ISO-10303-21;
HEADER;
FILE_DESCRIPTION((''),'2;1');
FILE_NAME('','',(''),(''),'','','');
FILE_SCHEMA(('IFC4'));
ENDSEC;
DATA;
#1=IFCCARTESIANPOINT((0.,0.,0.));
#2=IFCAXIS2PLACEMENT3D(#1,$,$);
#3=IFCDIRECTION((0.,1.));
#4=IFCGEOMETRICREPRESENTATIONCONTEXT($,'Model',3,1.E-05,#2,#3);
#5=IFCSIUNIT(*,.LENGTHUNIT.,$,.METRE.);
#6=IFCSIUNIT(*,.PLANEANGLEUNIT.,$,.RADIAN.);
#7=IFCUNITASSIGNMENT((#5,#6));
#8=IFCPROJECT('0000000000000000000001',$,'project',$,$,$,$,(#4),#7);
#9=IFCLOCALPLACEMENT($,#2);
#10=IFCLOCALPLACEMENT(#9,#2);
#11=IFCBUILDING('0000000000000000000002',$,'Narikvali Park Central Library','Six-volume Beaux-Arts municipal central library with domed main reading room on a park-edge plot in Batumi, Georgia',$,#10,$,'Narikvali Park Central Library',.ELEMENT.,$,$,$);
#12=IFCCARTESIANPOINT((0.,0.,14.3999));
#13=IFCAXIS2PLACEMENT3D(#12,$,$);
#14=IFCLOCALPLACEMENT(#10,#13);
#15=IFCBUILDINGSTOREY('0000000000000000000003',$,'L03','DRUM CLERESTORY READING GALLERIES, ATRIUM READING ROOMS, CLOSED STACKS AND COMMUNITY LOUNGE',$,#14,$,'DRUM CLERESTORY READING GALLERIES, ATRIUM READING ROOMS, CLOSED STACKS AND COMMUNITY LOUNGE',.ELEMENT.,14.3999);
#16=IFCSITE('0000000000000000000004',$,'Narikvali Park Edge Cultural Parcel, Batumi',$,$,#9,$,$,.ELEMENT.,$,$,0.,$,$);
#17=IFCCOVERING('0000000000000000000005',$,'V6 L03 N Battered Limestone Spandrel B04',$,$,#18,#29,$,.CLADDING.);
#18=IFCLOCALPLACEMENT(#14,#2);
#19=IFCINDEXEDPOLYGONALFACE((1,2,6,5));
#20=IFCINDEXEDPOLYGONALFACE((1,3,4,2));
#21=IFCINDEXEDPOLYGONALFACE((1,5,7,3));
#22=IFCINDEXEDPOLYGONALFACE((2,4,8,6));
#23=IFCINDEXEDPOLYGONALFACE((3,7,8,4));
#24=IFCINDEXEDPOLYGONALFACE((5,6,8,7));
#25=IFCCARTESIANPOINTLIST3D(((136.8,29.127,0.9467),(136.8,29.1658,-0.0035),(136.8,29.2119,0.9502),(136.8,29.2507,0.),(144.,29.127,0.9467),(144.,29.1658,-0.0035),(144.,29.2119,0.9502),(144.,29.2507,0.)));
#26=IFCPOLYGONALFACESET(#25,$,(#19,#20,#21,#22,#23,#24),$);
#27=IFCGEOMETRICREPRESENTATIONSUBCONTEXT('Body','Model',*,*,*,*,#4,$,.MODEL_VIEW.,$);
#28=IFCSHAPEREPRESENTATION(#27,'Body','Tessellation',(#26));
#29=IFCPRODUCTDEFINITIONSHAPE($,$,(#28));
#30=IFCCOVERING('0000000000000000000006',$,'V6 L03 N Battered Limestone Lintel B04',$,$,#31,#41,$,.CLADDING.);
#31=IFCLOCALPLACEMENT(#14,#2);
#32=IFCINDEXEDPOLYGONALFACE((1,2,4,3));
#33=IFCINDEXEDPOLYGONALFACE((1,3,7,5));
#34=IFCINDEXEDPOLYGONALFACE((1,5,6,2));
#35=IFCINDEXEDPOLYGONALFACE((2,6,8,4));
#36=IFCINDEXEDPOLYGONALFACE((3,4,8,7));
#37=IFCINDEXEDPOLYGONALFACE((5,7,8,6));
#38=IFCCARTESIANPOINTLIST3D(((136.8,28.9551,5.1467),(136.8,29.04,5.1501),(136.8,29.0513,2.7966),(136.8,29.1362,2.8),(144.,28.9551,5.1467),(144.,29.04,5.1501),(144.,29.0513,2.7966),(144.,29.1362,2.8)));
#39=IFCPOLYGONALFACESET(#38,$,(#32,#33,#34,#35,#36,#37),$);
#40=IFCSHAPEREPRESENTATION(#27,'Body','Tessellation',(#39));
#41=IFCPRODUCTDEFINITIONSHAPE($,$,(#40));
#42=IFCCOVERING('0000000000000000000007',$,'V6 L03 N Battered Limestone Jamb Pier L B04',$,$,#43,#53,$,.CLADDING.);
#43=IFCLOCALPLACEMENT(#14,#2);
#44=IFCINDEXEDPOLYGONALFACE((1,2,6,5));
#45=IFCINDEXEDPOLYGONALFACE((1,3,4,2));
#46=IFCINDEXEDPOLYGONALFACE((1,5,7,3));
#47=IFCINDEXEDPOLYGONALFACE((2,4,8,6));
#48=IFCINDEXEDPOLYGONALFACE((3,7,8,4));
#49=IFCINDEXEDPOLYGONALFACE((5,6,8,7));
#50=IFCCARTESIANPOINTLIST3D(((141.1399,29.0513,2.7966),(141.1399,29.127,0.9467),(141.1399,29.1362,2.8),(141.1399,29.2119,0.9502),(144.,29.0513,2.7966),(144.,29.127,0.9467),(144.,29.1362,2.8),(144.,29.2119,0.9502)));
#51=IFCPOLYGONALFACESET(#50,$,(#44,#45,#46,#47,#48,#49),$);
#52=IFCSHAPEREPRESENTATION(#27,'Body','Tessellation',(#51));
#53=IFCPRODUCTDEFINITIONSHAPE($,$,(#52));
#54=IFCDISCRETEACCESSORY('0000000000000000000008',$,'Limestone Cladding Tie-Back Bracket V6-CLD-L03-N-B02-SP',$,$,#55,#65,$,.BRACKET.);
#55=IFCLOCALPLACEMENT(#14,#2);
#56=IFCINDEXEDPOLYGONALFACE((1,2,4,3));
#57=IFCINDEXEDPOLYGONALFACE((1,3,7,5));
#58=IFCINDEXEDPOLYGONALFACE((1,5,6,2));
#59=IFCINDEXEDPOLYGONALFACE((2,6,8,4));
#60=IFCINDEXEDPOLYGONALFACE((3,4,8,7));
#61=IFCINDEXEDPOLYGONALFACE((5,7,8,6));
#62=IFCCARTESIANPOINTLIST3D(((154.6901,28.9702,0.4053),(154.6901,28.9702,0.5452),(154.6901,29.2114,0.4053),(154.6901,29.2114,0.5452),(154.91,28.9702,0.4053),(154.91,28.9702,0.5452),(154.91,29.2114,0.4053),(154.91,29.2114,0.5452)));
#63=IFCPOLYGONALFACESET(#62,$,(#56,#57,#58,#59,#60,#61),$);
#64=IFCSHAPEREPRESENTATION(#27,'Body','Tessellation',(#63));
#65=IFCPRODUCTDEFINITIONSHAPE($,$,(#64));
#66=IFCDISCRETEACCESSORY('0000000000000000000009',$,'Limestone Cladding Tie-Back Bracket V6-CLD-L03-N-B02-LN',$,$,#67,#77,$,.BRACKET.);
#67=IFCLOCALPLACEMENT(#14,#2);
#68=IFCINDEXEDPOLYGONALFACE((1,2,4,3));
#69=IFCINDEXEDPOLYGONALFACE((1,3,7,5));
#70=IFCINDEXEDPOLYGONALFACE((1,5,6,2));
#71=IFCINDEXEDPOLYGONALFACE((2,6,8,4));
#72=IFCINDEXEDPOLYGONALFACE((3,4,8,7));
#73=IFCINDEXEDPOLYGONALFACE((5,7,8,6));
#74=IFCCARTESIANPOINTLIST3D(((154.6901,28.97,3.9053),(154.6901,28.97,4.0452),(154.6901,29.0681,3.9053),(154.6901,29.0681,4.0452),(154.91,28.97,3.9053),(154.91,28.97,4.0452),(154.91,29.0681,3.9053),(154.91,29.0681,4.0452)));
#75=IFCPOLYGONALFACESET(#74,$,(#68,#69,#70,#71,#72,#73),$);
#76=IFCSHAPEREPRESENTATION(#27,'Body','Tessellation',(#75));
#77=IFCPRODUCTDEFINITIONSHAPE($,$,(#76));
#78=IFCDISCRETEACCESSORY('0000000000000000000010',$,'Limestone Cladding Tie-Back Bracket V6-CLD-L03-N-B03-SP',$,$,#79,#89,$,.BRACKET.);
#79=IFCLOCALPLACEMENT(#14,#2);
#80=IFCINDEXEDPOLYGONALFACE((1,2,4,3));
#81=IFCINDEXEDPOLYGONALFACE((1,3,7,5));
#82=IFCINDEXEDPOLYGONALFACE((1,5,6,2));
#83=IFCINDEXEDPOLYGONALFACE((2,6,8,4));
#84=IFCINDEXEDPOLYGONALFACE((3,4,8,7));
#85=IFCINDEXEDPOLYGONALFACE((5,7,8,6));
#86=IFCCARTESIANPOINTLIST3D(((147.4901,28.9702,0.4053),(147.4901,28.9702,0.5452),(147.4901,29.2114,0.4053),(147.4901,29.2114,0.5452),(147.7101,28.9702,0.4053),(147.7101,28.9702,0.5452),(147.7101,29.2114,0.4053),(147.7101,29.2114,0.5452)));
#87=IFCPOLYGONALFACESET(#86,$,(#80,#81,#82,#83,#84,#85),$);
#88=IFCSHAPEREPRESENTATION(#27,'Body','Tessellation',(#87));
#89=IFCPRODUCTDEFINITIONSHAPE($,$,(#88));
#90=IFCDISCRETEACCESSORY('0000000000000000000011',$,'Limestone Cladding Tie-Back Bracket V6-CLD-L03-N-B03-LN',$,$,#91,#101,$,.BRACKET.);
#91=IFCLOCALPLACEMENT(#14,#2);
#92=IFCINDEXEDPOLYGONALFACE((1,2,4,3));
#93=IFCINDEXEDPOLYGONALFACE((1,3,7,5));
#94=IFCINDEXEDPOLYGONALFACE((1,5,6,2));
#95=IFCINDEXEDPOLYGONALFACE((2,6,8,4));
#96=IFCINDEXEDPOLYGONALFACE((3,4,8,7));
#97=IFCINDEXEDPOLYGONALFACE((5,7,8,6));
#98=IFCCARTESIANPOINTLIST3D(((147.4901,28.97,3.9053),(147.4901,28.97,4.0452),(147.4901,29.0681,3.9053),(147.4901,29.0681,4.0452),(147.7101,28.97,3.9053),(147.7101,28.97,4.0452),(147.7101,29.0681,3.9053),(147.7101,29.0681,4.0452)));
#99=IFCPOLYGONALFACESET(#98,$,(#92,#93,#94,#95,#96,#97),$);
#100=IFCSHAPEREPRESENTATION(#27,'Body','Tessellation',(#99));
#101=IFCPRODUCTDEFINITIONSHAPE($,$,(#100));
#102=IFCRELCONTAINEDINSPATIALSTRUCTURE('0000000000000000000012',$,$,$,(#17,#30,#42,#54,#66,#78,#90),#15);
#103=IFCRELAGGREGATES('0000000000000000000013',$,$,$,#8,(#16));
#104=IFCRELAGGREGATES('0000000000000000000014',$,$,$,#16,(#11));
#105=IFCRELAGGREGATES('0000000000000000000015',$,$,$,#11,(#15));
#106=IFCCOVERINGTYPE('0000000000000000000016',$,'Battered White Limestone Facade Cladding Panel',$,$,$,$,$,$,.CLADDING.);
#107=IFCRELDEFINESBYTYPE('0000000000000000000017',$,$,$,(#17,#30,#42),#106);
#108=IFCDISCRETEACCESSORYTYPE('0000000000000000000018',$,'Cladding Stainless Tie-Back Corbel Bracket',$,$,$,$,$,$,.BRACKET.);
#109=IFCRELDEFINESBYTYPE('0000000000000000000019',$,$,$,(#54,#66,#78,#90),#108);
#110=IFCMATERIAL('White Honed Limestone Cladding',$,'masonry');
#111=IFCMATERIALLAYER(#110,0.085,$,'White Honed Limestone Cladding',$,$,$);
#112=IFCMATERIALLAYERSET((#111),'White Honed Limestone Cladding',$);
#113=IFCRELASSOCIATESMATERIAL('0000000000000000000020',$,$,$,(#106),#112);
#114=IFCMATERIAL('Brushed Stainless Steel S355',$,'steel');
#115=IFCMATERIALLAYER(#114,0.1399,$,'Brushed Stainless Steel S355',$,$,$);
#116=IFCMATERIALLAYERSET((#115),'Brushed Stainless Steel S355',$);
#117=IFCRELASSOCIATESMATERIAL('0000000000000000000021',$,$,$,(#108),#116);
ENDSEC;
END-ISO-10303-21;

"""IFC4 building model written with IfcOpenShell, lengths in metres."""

from ifc_helpers import new_model, si_unit, direction, frame, origin, origin_2d, place, context, subcontext, project, spatial, polyline, rectangle, outline, extrude, material, layer, layer_set, type_object, element, save


model = new_model("IFC4")

# Units and contexts
model_context = context("Model", 3, precision=1e-05, world=origin(), true_north=direction((0.0, 1.0)))
body_context = subcontext(model_context, "Body", "Model", "MODEL_VIEW")
ifc_project = project(units=[si_unit("LENGTHUNIT", "METRE"), si_unit("PLANEANGLEUNIT", "RADIAN")], contexts=[model_context])

# Site, building, storey
site_placement = place(None, origin())
site = spatial("IfcSite", under=ifc_project, at=site_placement, Name="Narikvali Park Edge Cultural Parcel, Batumi", CompositionType="ELEMENT", RefElevation=0.0)
building_placement = place(site_placement, origin())
building = spatial("IfcBuilding", under=site, at=building_placement, Name="Narikvali Park Central Library", Description="Six-volume Beaux-Arts municipal central library with domed main reading room on a park-edge plot in Batumi, Georgia", LongName="Narikvali Park Central Library", CompositionType="ELEMENT")
storey_placement = place(building_placement, frame((0.0, 0.0, 14.3999)))
storey = spatial("IfcBuildingStorey", under=building, at=storey_placement, Name="L03", Description="DRUM CLERESTORY READING GALLERIES, ATRIUM READING ROOMS, CLOSED STACKS AND COMMUNITY LOUNGE", LongName="DRUM CLERESTORY READING GALLERIES, ATRIUM READING ROOMS, CLOSED STACKS AND COMMUNITY LOUNGE", CompositionType="ELEMENT", Elevation=14.3999)

# Coverings
ifc_material_1 = material(Name="White Honed Limestone Cladding", Category="masonry")
ifc_layer_1 = layer(ifc_material_1, 0.085, Name="White Honed Limestone Cladding")
ifc_layer_set_1 = layer_set([ifc_layer_1], Name="White Honed Limestone Cladding")
covering_type = type_object("IfcCoveringType", Name="Battered White Limestone Facade Cladding Panel", PredefinedType="CLADDING", material=ifc_layer_set_1)
covering_1_placement = place(storey_placement, frame((144.0, 29.2507, 0.0), z_axis=(0.0, 0.999167, 0.040819), x_axis=(-1.0, 0.0, 0.0)))
element("IfcCovering", 1, at=covering_1_placement, inside=storey, type_object=covering_type, Name="V6 L03 N Battered Limestone Spandrel B04", PredefinedType="CLADDING", context=body_context, shape_type="SweptSolid", body=[
    extrude(outline(polyline([(0.0, 0.0), (7.2, 0.0), (7.2, 0.951), (0.0, 0.951), (0.0, 0.0)])), origin(), (0.0, 0.0, -1.0), 0.085),
])
covering_2_placement = place(storey_placement, frame((144.0, 29.1362, 2.8), z_axis=(0.0, 0.999163, 0.040897), x_axis=(-1.0, 0.0, 0.0)))
element("IfcCovering", 2, at=covering_2_placement, inside=storey, type_object=covering_type, Name="V6 L03 N Battered Limestone Lintel B04", PredefinedType="CLADDING", context=body_context, shape_type="SweptSolid", body=[
    extrude(outline(polyline([(0.0, 0.0), (7.2, 0.0), (7.2, 2.3521), (0.0, 2.3521), (0.0, 0.0)])), origin(), (0.0, 0.0, -1.0), 0.085),
])
covering_3_placement = place(storey_placement, frame((144.0, 29.2119, 0.9502), z_axis=(0.0, 0.999164, 0.040879), x_axis=(-1.0, 0.0, 0.0)))
element("IfcCovering", 3, at=covering_3_placement, inside=storey, type_object=covering_type, Name="V6 L03 N Battered Limestone Jamb Pier L B04", PredefinedType="CLADDING", context=body_context, shape_type="SweptSolid", body=[
    extrude(outline(polyline([(0.0, 0.0), (2.8601, 0.0), (2.8601, 1.8514), (0.0, 1.8514), (0.0, 0.0)])), origin(), (0.0, 0.0, -1.0), 0.085),
])

# Discrete accessories
ifc_material_2 = material(Name="Brushed Stainless Steel S355", Category="steel")
ifc_layer_2 = layer(ifc_material_2, 0.1399, Name="Brushed Stainless Steel S355")
ifc_layer_set_2 = layer_set([ifc_layer_2], Name="Brushed Stainless Steel S355")
discrete_accessory_type = type_object("IfcDiscreteAccessoryType", Name="Cladding Stainless Tie-Back Corbel Bracket", PredefinedType="BRACKET", material=ifc_layer_set_2)
discrete_accessory_1_placement = place(storey_placement, frame((154.8, 29.0908, 0.4053), z_axis=(0.0, 0.0, 1.0), x_axis=(1.0, 0.0, 0.0)))
element("IfcDiscreteAccessory", 4, at=discrete_accessory_1_placement, inside=storey, type_object=discrete_accessory_type, Name="Limestone Cladding Tie-Back Bracket V6-CLD-L03-N-B02-SP", PredefinedType="BRACKET", context=body_context, shape_type="SweptSolid", body=[
    extrude(rectangle(XDim=0.22, YDim=0.2412, at=origin_2d()), origin(), (0.0, 0.0, 1.0), 0.1399),
])
discrete_accessory_2_placement = place(storey_placement, frame((154.8, 29.019, 3.9053), z_axis=(0.0, 0.0, 1.0), x_axis=(1.0, 0.0, 0.0)))
element("IfcDiscreteAccessory", 5, at=discrete_accessory_2_placement, inside=storey, type_object=discrete_accessory_type, Name="Limestone Cladding Tie-Back Bracket V6-CLD-L03-N-B02-LN", PredefinedType="BRACKET", context=body_context, shape_type="SweptSolid", body=[
    extrude(rectangle(XDim=0.22, YDim=0.0981, at=origin_2d()), origin(), (0.0, 0.0, 1.0), 0.1399),
])
discrete_accessory_3_placement = place(storey_placement, frame((147.6001, 29.0908, 0.4053), z_axis=(0.0, 0.0, 1.0), x_axis=(1.0, 0.0, 0.0)))
element("IfcDiscreteAccessory", 6, at=discrete_accessory_3_placement, inside=storey, type_object=discrete_accessory_type, Name="Limestone Cladding Tie-Back Bracket V6-CLD-L03-N-B03-SP", PredefinedType="BRACKET", context=body_context, shape_type="SweptSolid", body=[
    extrude(rectangle(XDim=0.22, YDim=0.2412, at=origin_2d()), origin(), (0.0, 0.0, 1.0), 0.1399),
])
discrete_accessory_4_placement = place(storey_placement, frame((147.6001, 29.019, 3.9053), z_axis=(0.0, 0.0, 1.0), x_axis=(1.0, 0.0, 0.0)))
element("IfcDiscreteAccessory", 7, at=discrete_accessory_4_placement, inside=storey, type_object=discrete_accessory_type, Name="Limestone Cladding Tie-Back Bracket V6-CLD-L03-N-B03-LN", PredefinedType="BRACKET", context=body_context, shape_type="SweptSolid", body=[
    extrude(rectangle(XDim=0.22, YDim=0.0981, at=origin_2d()), origin(), (0.0, 0.0, 1.0), 0.1399),
])

save(model, "model.ifc")
